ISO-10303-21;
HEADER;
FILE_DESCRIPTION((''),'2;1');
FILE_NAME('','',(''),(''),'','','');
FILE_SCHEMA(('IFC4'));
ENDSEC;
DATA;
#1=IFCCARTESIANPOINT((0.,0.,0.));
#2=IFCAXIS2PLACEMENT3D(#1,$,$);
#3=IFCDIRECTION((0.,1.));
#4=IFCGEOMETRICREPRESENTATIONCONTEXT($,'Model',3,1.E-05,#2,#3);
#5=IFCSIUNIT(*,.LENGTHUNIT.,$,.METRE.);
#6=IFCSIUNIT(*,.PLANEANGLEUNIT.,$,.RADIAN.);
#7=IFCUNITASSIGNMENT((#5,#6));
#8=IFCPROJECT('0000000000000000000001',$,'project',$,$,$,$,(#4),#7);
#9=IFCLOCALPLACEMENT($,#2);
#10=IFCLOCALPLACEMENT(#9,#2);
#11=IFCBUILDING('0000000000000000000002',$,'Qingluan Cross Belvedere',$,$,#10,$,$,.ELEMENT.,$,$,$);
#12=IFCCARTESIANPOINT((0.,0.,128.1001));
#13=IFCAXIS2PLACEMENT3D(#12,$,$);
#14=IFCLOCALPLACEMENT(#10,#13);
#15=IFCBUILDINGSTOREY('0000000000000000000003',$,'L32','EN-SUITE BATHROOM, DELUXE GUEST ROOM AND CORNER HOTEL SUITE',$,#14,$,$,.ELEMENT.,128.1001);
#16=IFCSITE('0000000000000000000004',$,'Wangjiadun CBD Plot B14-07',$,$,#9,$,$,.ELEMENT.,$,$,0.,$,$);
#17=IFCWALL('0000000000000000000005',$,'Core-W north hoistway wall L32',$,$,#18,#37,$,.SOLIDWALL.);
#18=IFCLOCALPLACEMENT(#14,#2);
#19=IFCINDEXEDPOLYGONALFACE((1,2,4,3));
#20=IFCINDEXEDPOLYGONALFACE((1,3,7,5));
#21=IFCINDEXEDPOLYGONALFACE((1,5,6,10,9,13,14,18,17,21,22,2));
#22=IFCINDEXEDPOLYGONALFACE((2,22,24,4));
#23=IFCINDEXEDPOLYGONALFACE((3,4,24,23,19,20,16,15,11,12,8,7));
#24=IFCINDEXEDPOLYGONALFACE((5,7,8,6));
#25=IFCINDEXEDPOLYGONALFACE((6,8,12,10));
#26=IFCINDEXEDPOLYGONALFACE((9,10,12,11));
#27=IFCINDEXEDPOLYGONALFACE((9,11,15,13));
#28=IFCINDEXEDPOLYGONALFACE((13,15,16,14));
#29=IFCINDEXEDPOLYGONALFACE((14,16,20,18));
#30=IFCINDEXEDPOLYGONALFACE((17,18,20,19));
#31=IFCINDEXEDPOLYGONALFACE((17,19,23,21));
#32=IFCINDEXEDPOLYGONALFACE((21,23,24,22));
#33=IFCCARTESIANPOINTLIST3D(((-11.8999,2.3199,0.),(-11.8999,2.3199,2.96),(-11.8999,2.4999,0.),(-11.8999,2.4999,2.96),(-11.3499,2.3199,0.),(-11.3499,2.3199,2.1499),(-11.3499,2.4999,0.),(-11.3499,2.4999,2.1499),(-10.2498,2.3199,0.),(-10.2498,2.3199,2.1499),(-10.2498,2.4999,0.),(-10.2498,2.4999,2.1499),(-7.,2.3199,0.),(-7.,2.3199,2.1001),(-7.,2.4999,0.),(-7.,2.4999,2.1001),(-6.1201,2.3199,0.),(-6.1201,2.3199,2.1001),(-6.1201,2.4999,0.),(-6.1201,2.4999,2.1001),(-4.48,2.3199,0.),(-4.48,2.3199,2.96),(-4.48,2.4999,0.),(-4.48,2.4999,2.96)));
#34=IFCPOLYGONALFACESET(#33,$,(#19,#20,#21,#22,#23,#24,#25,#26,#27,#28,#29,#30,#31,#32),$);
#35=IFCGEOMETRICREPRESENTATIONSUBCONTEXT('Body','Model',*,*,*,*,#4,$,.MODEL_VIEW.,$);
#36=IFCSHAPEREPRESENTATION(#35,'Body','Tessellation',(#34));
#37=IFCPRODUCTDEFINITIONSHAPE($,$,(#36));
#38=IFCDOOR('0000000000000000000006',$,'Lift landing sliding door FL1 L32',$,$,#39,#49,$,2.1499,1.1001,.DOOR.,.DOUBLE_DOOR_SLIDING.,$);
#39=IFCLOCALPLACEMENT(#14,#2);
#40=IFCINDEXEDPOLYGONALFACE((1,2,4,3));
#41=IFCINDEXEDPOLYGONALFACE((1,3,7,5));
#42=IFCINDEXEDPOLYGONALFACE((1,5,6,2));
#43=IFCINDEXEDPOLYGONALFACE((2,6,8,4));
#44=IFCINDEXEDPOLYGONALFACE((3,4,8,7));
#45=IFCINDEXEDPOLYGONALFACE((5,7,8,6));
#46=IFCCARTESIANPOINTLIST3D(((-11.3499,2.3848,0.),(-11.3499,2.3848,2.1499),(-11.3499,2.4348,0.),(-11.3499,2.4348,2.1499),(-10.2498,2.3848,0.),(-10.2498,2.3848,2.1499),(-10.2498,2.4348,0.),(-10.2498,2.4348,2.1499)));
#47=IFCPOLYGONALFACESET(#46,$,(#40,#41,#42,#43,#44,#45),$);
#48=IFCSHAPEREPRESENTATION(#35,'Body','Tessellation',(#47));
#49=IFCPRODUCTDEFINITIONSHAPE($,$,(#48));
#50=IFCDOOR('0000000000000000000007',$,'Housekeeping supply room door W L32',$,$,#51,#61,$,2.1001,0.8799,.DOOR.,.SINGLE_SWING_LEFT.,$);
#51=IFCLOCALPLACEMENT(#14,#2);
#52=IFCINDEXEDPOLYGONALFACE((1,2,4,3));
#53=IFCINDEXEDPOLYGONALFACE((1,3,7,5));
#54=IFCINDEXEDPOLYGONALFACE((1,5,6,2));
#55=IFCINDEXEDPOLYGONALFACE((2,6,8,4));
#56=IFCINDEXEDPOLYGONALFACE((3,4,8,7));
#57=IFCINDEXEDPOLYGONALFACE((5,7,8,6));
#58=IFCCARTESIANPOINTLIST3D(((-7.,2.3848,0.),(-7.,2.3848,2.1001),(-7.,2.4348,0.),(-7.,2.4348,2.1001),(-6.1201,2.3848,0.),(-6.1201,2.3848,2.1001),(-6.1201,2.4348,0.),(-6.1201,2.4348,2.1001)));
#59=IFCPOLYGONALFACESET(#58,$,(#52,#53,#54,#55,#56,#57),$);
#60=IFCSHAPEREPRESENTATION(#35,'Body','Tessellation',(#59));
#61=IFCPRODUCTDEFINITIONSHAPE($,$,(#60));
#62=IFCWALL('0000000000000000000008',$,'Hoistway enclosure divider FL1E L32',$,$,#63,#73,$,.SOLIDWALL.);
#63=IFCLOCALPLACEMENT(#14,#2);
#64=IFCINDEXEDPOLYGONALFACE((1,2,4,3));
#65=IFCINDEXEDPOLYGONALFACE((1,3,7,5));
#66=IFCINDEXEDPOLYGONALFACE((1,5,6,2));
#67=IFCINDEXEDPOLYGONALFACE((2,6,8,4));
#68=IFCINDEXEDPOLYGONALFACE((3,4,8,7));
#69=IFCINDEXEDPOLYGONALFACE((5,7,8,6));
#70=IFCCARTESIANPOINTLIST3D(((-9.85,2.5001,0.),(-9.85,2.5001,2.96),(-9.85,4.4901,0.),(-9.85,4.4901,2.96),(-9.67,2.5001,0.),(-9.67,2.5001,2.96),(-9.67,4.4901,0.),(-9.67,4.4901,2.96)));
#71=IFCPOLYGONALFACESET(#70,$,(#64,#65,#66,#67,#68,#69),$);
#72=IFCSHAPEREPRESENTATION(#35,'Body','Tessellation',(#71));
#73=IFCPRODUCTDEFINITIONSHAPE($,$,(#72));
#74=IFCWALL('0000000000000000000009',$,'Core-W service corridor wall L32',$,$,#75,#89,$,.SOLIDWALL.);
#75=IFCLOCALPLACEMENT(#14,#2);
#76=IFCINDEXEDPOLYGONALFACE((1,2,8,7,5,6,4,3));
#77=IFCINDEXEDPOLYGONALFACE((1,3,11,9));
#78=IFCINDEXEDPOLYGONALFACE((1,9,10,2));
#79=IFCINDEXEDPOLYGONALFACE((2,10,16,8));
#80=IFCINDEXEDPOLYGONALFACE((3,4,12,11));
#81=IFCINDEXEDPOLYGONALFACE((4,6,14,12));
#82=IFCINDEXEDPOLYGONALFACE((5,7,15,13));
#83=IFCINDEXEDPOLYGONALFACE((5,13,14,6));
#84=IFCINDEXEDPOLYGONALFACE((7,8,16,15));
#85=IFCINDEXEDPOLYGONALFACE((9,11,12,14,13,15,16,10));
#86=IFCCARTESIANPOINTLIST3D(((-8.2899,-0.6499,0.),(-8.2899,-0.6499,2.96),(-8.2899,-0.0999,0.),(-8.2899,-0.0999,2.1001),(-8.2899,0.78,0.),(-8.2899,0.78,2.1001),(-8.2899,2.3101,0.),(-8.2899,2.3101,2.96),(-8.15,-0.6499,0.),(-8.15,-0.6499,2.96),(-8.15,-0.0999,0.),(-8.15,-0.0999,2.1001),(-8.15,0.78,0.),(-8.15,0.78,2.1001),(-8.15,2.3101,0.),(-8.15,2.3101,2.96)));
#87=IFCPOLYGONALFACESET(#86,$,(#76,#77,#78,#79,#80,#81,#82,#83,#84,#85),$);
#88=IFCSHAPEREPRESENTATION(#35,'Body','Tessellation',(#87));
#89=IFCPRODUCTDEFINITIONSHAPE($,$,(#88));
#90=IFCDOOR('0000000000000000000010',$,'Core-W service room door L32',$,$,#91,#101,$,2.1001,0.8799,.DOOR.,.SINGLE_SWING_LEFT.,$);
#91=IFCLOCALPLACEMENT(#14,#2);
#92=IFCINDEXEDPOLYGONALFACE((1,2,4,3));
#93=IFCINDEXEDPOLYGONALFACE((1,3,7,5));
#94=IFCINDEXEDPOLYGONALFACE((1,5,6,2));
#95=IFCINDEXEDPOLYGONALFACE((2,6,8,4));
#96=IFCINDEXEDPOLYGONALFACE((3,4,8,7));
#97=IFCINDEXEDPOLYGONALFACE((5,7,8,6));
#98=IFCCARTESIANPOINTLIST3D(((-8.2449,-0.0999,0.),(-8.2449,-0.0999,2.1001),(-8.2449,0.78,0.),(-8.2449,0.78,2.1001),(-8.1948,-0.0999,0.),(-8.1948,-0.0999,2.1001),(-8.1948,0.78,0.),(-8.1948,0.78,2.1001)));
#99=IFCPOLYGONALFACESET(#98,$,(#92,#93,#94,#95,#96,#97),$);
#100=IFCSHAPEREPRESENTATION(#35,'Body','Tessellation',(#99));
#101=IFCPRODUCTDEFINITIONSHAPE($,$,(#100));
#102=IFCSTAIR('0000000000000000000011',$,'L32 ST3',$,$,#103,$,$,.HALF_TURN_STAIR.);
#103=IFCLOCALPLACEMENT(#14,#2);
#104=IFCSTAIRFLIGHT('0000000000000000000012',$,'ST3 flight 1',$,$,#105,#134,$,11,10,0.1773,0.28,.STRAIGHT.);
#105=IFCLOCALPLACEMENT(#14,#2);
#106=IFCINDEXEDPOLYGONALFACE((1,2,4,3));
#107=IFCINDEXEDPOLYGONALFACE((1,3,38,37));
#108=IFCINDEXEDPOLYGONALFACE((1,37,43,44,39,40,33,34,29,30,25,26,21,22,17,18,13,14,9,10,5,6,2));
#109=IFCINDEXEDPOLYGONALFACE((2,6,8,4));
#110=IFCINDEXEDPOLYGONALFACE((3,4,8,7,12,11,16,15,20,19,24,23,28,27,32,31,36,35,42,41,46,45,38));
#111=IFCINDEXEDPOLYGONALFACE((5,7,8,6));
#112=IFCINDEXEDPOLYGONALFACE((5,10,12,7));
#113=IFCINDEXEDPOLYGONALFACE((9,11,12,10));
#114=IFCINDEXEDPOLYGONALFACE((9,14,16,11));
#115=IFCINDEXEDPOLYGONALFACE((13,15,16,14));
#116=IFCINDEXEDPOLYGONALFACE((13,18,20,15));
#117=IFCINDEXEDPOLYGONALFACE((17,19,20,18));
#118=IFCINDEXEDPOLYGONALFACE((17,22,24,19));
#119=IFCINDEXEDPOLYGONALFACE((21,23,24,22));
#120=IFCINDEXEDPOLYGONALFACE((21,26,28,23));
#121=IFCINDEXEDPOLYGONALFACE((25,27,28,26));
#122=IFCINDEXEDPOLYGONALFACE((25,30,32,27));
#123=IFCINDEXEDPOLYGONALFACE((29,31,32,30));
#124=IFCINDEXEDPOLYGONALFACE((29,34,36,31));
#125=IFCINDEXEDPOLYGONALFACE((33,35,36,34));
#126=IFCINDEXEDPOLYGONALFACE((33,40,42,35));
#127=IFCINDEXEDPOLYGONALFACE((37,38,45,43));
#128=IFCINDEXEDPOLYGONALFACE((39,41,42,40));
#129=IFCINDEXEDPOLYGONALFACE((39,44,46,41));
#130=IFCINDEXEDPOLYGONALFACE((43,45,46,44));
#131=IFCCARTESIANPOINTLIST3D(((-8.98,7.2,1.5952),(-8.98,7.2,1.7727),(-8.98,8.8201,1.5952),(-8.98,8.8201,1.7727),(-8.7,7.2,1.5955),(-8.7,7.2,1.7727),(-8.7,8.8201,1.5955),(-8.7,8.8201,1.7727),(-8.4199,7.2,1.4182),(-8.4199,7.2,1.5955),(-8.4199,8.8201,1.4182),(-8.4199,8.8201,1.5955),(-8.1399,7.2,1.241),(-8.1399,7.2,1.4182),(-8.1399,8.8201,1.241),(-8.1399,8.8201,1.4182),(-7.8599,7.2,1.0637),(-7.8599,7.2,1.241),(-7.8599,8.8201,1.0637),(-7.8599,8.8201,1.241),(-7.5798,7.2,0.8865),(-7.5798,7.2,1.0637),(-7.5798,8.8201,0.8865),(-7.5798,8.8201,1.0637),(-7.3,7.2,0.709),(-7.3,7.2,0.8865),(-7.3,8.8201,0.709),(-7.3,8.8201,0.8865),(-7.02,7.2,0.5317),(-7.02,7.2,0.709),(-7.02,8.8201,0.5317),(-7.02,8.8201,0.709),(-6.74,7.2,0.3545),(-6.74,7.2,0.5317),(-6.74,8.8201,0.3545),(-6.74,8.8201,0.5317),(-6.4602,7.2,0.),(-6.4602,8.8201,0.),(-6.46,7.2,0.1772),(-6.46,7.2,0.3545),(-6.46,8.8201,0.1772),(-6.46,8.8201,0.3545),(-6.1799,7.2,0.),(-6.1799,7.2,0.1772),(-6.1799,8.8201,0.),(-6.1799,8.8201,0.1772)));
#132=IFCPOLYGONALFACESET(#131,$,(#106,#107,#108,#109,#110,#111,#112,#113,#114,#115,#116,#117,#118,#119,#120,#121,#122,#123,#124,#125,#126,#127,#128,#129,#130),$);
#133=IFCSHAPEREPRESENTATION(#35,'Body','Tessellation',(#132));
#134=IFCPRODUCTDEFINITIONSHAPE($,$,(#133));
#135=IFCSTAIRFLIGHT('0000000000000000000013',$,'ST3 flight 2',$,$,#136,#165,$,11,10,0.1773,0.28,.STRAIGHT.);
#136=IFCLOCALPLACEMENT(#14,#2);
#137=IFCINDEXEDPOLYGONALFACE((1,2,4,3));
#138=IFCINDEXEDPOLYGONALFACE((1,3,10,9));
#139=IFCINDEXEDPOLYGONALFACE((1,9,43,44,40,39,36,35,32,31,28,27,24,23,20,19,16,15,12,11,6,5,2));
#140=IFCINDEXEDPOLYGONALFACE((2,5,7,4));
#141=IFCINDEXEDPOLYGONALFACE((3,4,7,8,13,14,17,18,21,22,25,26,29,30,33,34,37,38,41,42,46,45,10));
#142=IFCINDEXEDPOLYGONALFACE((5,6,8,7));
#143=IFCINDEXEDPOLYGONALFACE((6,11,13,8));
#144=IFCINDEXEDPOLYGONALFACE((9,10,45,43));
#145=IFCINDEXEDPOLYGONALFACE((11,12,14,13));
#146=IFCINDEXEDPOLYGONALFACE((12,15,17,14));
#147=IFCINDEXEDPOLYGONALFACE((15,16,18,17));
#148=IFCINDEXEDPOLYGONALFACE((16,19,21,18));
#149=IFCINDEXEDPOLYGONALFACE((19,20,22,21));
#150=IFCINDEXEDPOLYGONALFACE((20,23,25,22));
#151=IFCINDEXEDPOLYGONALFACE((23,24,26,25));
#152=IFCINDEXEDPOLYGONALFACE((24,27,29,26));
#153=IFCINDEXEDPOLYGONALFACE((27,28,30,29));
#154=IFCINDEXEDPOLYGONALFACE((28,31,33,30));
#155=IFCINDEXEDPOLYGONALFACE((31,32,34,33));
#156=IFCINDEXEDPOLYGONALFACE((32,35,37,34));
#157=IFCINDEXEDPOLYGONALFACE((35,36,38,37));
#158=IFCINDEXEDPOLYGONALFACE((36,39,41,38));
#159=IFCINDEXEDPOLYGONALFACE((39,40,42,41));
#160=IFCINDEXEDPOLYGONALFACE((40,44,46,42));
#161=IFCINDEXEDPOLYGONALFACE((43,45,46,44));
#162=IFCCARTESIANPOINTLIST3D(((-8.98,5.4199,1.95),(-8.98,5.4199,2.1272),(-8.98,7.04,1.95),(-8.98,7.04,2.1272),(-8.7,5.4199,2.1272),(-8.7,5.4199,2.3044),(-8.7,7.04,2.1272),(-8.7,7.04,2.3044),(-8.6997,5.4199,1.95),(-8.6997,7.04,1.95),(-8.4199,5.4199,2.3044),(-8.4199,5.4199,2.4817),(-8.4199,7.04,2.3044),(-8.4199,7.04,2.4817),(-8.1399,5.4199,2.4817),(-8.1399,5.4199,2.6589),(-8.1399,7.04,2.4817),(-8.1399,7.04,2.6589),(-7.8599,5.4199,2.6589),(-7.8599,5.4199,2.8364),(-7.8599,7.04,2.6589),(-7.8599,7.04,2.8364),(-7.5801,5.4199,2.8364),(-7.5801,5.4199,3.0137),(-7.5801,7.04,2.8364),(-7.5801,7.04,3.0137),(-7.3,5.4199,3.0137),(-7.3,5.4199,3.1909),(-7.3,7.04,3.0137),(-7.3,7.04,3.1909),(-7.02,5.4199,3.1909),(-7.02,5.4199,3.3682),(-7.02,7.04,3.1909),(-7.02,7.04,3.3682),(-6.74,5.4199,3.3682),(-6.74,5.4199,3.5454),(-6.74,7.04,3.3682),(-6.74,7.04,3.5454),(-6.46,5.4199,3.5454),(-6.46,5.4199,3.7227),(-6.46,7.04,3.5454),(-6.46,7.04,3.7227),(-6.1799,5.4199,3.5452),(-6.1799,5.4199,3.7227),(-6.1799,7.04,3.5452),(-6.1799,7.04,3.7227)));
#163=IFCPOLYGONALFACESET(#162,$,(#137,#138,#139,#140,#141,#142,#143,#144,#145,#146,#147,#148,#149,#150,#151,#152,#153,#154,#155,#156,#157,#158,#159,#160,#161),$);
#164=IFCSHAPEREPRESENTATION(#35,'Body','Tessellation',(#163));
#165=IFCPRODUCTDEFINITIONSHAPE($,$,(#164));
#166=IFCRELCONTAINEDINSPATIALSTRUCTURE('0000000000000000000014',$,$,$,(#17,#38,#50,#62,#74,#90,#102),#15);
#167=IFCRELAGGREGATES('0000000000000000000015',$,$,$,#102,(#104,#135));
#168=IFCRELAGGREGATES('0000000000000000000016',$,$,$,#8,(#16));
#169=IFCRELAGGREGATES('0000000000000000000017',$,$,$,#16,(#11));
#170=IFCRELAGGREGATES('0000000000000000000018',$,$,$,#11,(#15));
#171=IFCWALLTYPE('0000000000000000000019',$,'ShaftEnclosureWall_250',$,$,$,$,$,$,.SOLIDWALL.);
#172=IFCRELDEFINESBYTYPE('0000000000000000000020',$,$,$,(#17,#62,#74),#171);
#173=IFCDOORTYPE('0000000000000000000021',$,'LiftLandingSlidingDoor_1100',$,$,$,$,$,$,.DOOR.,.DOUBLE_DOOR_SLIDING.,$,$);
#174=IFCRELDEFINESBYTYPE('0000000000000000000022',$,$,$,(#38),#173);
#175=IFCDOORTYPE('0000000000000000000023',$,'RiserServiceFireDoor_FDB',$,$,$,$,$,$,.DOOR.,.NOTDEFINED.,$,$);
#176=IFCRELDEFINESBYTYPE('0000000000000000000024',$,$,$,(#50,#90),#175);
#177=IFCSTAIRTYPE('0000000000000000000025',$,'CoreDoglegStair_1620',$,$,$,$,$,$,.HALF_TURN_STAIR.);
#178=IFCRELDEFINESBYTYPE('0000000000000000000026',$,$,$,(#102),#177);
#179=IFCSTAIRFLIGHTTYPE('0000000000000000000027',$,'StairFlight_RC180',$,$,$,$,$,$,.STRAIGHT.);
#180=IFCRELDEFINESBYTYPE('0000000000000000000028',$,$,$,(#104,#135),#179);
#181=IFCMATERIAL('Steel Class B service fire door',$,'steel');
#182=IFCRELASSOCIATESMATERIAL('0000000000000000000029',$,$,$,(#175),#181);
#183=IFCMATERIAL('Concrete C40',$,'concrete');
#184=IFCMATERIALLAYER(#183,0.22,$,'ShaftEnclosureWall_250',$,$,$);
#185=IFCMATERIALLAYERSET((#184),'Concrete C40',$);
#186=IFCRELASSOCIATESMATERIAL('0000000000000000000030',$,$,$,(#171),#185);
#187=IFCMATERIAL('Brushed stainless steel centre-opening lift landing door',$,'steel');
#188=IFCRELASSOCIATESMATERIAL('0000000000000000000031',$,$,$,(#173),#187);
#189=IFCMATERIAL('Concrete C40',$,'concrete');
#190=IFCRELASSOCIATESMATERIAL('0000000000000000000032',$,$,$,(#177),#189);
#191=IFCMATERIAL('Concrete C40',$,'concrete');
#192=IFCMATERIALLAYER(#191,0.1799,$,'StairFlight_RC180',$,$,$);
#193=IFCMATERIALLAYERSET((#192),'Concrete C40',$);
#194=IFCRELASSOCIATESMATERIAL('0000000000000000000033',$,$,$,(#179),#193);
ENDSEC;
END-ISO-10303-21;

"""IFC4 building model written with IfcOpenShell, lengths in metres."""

from ifc_helpers import new_model, si_unit, direction, frame, frame_2d, origin, place, context, subcontext, project, spatial, polyline, rectangle, outline, extrude, material, layer, layer_set, type_object, element, fill, aggregate, save


model = new_model("IFC4")

# Units and contexts
model_context = context("Model", 3, precision=1e-05, world=origin(), true_north=direction((0.0, 1.0)))
body_context = subcontext(model_context, "Body", "Model", "MODEL_VIEW")
ifc_project = project(units=[si_unit("LENGTHUNIT", "METRE"), si_unit("PLANEANGLEUNIT", "RADIAN")], contexts=[model_context])

# Site, building, storey
site_placement = place(None, origin())
site = spatial("IfcSite", under=ifc_project, at=site_placement, Name="Wangjiadun CBD Plot B14-07", CompositionType="ELEMENT", RefElevation=0.0)
building_placement = place(site_placement, origin())
building = spatial("IfcBuilding", under=site, at=building_placement, Name="Qingluan Cross Belvedere", CompositionType="ELEMENT")
storey_placement = place(building_placement, frame((0.0, 0.0, 128.1001)))
storey = spatial("IfcBuildingStorey", under=building, at=storey_placement, Name="L32", Description="EN-SUITE BATHROOM, DELUXE GUEST ROOM AND CORNER HOTEL SUITE", CompositionType="ELEMENT", Elevation=128.1001)

# Shared definitions
ifc_material_1 = material(Name="Steel Class B service fire door", Category="steel")
door_type_1 = type_object("IfcDoorType", Name="RiserServiceFireDoor_FDB", OperationType="NOTDEFINED", PredefinedType="DOOR", material=ifc_material_1)

# Wall, openings, doors
ifc_material_2 = material(Name="Concrete C40", Category="concrete")
ifc_layer_1 = layer(ifc_material_2, 0.22, Name="ShaftEnclosureWall_250")
ifc_layer_set_1 = layer_set([ifc_layer_1], Name="Concrete C40")
wall_type_1 = type_object("IfcWallType", Name="ShaftEnclosureWall_250", PredefinedType="SOLIDWALL", material=ifc_layer_set_1)
wall_1_placement = place(storey_placement, frame((-11.8999, 2.4099, 0.0), z_axis=(0.0, 0.0, 1.0), x_axis=(1.0, 0.0, 0.0)))
wall_1 = element("IfcWall", 1, at=wall_1_placement, inside=storey, type_object=wall_type_1, Name="Core-W north hoistway wall L32", PredefinedType="SOLIDWALL", context=body_context, shape_type="SweptSolid", body=[
    extrude(rectangle(XDim=7.4199, YDim=0.1799, at=frame_2d((3.71, 0.0))), origin(), (0.0, 0.0, 1.0), 2.96),
])
opening_1_placement = place(wall_1_placement, frame((0.55, 0.0, 0.0)))
opening_1 = element("IfcOpeningElement", 2, at=opening_1_placement, cuts=wall_1, PredefinedType="OPENING", context=body_context, shape_type="SweptSolid", body=[
    extrude(rectangle(XDim=1.1001, YDim=2.1499, at=frame_2d((0.55, 1.075))), frame((0.0, 0.0999, 0.0), z_axis=(0.0, -1.0, 0.0), x_axis=(1.0, 0.0, 0.0)), (0.0, 0.0, 1.0), 0.2),
])
opening_2_placement = place(wall_1_placement, frame((4.8999, 0.0, 0.0)))
opening_2 = element("IfcOpeningElement", 3, at=opening_2_placement, cuts=wall_1, PredefinedType="OPENING", context=body_context, shape_type="SweptSolid", body=[
    extrude(rectangle(XDim=0.8799, YDim=2.1001, at=frame_2d((0.4399, 1.05))), frame((0.0, 0.0999, 0.0), z_axis=(0.0, -1.0, 0.0), x_axis=(1.0, 0.0, 0.0)), (0.0, 0.0, 1.0), 0.2),
])
ifc_material_3 = material(Name="Brushed stainless steel centre-opening lift landing door", Category="steel")
door_type_2 = type_object("IfcDoorType", Name="LiftLandingSlidingDoor_1100", OperationType="DOUBLE_DOOR_SLIDING", PredefinedType="DOOR", material=ifc_material_3)
door_1_placement = place(opening_1_placement, origin())
door_1 = element("IfcDoor", 4, at=door_1_placement, inside=storey, type_object=door_type_2, Name="Lift landing sliding door FL1 L32", OperationType="DOUBLE_DOOR_SLIDING", OverallHeight=2.1499, OverallWidth=1.1001, PredefinedType="DOOR", context=body_context, shape_type="SweptSolid", body=[
    extrude(rectangle(XDim=1.1001, YDim=2.1499, at=frame_2d((0.55, 1.075))), frame((0.0, 0.0249, 0.0), z_axis=(0.0, -1.0, 0.0), x_axis=(1.0, 0.0, 0.0)), (0.0, 0.0, 1.0), 0.05),
])
fill(opening_1, door_1)
door_2_placement = place(opening_2_placement, origin())
door_2 = element("IfcDoor", 5, at=door_2_placement, inside=storey, type_object=door_type_1, Name="Housekeeping supply room door W L32", OperationType="SINGLE_SWING_LEFT", OverallHeight=2.1001, OverallWidth=0.8799, PredefinedType="DOOR", context=body_context, shape_type="SweptSolid", body=[
    extrude(rectangle(XDim=0.8799, YDim=2.1001, at=frame_2d((0.4399, 1.05))), frame((0.0, 0.0249, 0.0), z_axis=(0.0, -1.0, 0.0), x_axis=(1.0, 0.0, 0.0)), (0.0, 0.0, 1.0), 0.05),
])
fill(opening_2, door_2)

# Wall
wall_2_placement = place(storey_placement, frame((-9.76, 2.5, 0.0), z_axis=(0.0, 0.0, 1.0), x_axis=(0.0, 1.0, 0.0)))
element("IfcWall", 6, at=wall_2_placement, inside=storey, type_object=wall_type_1, Name="Hoistway enclosure divider FL1E L32", PredefinedType="SOLIDWALL", context=body_context, shape_type="SweptSolid", body=[
    extrude(rectangle(XDim=1.99, YDim=0.1799, at=frame_2d((0.9951, 0.0))), origin(), (0.0, 0.0, 1.0), 2.96),
])

# Wall, opening, door
wall_3_placement = place(storey_placement, frame((-8.22, -0.6499, 0.0), z_axis=(0.0, 0.0, 1.0), x_axis=(0.0, 1.0, 0.0)))
wall_3 = element("IfcWall", 7, at=wall_3_placement, inside=storey, type_object=wall_type_1, Name="Core-W service corridor wall L32", PredefinedType="SOLIDWALL", context=body_context, shape_type="SweptSolid", body=[
    extrude(rectangle(XDim=2.96, YDim=0.1399, at=frame_2d((1.48, 0.0))), origin(), (0.0, 0.0, 1.0), 2.96),
])
opening_3_placement = place(wall_3_placement, frame((0.55, 0.0, 0.0)))
opening_3 = element("IfcOpeningElement", 8, at=opening_3_placement, cuts=wall_3, PredefinedType="OPENING", context=body_context, shape_type="SweptSolid", body=[
    extrude(rectangle(XDim=0.8799, YDim=2.1001, at=frame_2d((0.4399, 1.05))), frame((0.0, 0.0798, 0.0), z_axis=(0.0, -1.0, 0.0), x_axis=(1.0, 0.0, 0.0)), (0.0, 0.0, 1.0), 0.1599),
])
door_3_placement = place(opening_3_placement, origin())
door_3 = element("IfcDoor", 9, at=door_3_placement, inside=storey, type_object=door_type_1, Name="Core-W service room door L32", OperationType="SINGLE_SWING_LEFT", OverallHeight=2.1001, OverallWidth=0.8799, PredefinedType="DOOR", context=body_context, shape_type="SweptSolid", body=[
    extrude(rectangle(XDim=0.8799, YDim=2.1001, at=frame_2d((0.4399, 1.05))), frame((0.0, 0.0249, 0.0), z_axis=(0.0, -1.0, 0.0), x_axis=(1.0, 0.0, 0.0)), (0.0, 0.0, 1.0), 0.05),
])
fill(opening_3, door_3)

# Stair, stair flights
ifc_material_4 = material(Name="Concrete C40", Category="concrete")
stair_type = type_object("IfcStairType", Name="CoreDoglegStair_1620", PredefinedType="HALF_TURN_STAIR", material=ifc_material_4)
stair_placement = place(storey_placement, origin())
stair = element("IfcStair", 10, at=stair_placement, inside=storey, type_object=stair_type, Name="L32 ST3", PredefinedType="HALF_TURN_STAIR")
ifc_material_5 = material(Name="Concrete C40", Category="concrete")
ifc_layer_2 = layer(ifc_material_5, 0.1799, Name="StairFlight_RC180")
ifc_layer_set_2 = layer_set([ifc_layer_2], Name="Concrete C40")
stair_flight_type = type_object("IfcStairFlightType", Name="StairFlight_RC180", PredefinedType="STRAIGHT", material=ifc_layer_set_2)
stair_flight_1_placement = place(storey_placement, frame((-6.1799, 8.01, 0.0), z_axis=(0.0, 0.0, 1.0), x_axis=(-1.0, 0.0, 0.0)))
stair_flight_1 = element("IfcStairFlight", 11, at=stair_flight_1_placement, type_object=stair_flight_type, Name="ST3 flight 1", NumberOfRisers=11, NumberOfTreads=10, PredefinedType="STRAIGHT", RiserHeight=0.1773, TreadLength=0.28, context=body_context, shape_type="SweptSolid", body=[
    extrude(outline(polyline([(0.0, 0.0), (0.0, 0.1772), (0.28, 0.1772), (0.28, 0.3545), (0.5601, 0.3545), (0.5601, 0.5317), (0.8401, 0.5317), (0.8401, 0.709), (1.1201, 0.709), (1.1201, 0.8865), (1.3999, 0.8865), (1.3999, 1.0637), (1.6799, 1.0637), (1.6799, 1.241), (1.96, 1.241), (1.96, 1.4182), (2.24, 1.4182), (2.24, 1.5955), (2.52, 1.5955), (2.52, 1.7727), (2.8, 1.7727), (2.8, 1.95), (2.8, 1.5952), (0.2803, 0.0), (0.0, 0.0)])), frame((0.0, 0.8101, 0.0), z_axis=(0.0, -1.0, 0.0), x_axis=(1.0, 0.0, 0.0)), (0.0, 0.0, 1.0), 1.6201),
])
stair_flight_2_placement = place(storey_placement, frame((-8.98, 6.23, 1.95), z_axis=(0.0, 0.0, 1.0), x_axis=(1.0, 0.0, 0.0)))
stair_flight_2 = element("IfcStairFlight", 12, at=stair_flight_2_placement, type_object=stair_flight_type, Name="ST3 flight 2", NumberOfRisers=11, NumberOfTreads=10, PredefinedType="STRAIGHT", RiserHeight=0.1773, TreadLength=0.28, context=body_context, shape_type="SweptSolid", body=[
    extrude(outline(polyline([(0.0, 0.0), (0.0, 0.1772), (0.28, 0.1772), (0.28, 0.3545), (0.5601, 0.3545), (0.5601, 0.5317), (0.8401, 0.5317), (0.8401, 0.709), (1.1201, 0.709), (1.1201, 0.8865), (1.3999, 0.8865), (1.3999, 1.0637), (1.6799, 1.0637), (1.6799, 1.241), (1.96, 1.241), (1.96, 1.4182), (2.24, 1.4182), (2.24, 1.5955), (2.52, 1.5955), (2.52, 1.7727), (2.8, 1.7727), (2.8, 1.95), (2.8, 1.5952), (0.2803, 0.0), (0.0, 0.0)])), frame((0.0, 0.8101, 0.0), z_axis=(0.0, -1.0, 0.0), x_axis=(1.0, 0.0, 0.0)), (0.0, 0.0, 1.0), 1.6201),
])
aggregate(stair, [stair_flight_1, stair_flight_2])

save(model, "model.ifc")
